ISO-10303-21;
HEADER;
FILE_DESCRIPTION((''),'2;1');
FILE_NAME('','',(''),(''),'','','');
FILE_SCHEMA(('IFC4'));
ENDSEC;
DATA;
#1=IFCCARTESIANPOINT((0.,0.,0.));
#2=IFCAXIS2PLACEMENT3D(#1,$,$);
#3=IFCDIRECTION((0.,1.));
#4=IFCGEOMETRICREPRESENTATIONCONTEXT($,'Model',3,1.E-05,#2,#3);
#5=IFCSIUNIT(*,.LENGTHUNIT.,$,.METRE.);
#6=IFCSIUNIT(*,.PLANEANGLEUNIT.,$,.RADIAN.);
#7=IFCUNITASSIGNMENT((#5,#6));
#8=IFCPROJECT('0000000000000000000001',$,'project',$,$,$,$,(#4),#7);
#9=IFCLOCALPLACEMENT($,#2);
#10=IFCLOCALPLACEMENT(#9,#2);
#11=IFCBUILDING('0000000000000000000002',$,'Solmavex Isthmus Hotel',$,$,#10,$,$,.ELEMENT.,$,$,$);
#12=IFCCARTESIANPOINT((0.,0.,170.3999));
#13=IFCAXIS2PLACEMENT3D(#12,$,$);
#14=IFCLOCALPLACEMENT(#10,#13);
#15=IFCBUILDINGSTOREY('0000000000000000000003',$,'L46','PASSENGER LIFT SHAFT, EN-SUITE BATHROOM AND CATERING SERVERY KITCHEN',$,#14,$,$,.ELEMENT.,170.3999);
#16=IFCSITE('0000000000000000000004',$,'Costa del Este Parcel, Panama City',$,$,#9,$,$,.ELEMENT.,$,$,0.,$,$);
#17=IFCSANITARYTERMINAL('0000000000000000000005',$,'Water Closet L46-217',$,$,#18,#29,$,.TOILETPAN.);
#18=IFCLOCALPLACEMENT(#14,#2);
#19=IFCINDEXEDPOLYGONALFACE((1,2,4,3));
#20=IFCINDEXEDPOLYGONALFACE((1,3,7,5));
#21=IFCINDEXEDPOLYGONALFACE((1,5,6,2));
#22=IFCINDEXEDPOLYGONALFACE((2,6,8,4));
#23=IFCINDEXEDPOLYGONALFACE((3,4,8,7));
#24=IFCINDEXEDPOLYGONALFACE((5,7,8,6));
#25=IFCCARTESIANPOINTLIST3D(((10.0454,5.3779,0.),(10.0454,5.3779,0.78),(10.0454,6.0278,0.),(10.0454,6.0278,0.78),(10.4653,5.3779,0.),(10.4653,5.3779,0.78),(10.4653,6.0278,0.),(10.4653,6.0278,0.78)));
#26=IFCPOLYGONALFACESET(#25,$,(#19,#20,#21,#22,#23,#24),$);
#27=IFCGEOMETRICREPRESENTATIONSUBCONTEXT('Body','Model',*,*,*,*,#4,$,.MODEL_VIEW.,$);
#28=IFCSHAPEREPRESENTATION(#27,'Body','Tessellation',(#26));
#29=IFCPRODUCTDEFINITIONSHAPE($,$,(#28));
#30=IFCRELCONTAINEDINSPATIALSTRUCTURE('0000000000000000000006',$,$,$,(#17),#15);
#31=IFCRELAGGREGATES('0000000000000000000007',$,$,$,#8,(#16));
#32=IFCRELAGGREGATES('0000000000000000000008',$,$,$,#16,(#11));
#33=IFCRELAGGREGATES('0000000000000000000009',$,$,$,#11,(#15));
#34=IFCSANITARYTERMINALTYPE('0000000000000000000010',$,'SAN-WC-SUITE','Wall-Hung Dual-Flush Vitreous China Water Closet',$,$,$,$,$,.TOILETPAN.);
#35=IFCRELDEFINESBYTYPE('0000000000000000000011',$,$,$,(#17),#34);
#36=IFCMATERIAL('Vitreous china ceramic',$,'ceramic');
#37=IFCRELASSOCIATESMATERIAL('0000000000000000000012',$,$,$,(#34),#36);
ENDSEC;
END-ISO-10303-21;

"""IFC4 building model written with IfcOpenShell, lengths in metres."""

from ifc_helpers import new_model, si_unit, direction, frame, origin, origin_2d, place, context, subcontext, project, spatial, rectangle, extrude, material, type_object, element, save


model = new_model("IFC4")

# Units and contexts
model_context = context("Model", 3, precision=1e-05, world=origin(), true_north=direction((0.0, 1.0)))
body_context = subcontext(model_context, "Body", "Model", "MODEL_VIEW")
ifc_project = project(units=[si_unit("LENGTHUNIT", "METRE"), si_unit("PLANEANGLEUNIT", "RADIAN")], contexts=[model_context])

# Site, building, storey
site_placement = place(None, origin())
site = spatial("IfcSite", under=ifc_project, at=site_placement, Name="Costa del Este Parcel, Panama City", CompositionType="ELEMENT", RefElevation=0.0)
building_placement = place(site_placement, origin())
building = spatial("IfcBuilding", under=site, at=building_placement, Name="Solmavex Isthmus Hotel", CompositionType="ELEMENT")
storey_placement = place(building_placement, frame((0.0, 0.0, 170.3999)))
storey = spatial("IfcBuildingStorey", under=building, at=storey_placement, Name="L46", Description="PASSENGER LIFT SHAFT, EN-SUITE BATHROOM AND CATERING SERVERY KITCHEN", CompositionType="ELEMENT", Elevation=170.3999)

# Sanitary terminal
ifc_material_1 = material(Name="Vitreous china ceramic", Category="ceramic")
sanitary_terminal_type_1 = type_object("IfcSanitaryTerminalType", Name="SAN-WC-SUITE", Description="Wall-Hung Dual-Flush Vitreous China Water Closet", PredefinedType="TOILETPAN", material=ifc_material_1)
sanitary_terminal_1_placement = place(storey_placement, frame((10.2554, 5.7029, 0.0), z_axis=(0.0, 0.0, 1.0), x_axis=(1.0, 0.0, 0.0)))
element("IfcSanitaryTerminal", 1, at=sanitary_terminal_1_placement, inside=storey, type_object=sanitary_terminal_type_1, Name="Water Closet L46-217", PredefinedType="TOILETPAN", context=body_context, shape_type="SweptSolid", body=[
    extrude(rectangle(XDim=0.4199, YDim=0.6499, at=origin_2d()), origin(), (0.0, 0.0, 1.0), 0.78),
])

save(model, "model.ifc")
